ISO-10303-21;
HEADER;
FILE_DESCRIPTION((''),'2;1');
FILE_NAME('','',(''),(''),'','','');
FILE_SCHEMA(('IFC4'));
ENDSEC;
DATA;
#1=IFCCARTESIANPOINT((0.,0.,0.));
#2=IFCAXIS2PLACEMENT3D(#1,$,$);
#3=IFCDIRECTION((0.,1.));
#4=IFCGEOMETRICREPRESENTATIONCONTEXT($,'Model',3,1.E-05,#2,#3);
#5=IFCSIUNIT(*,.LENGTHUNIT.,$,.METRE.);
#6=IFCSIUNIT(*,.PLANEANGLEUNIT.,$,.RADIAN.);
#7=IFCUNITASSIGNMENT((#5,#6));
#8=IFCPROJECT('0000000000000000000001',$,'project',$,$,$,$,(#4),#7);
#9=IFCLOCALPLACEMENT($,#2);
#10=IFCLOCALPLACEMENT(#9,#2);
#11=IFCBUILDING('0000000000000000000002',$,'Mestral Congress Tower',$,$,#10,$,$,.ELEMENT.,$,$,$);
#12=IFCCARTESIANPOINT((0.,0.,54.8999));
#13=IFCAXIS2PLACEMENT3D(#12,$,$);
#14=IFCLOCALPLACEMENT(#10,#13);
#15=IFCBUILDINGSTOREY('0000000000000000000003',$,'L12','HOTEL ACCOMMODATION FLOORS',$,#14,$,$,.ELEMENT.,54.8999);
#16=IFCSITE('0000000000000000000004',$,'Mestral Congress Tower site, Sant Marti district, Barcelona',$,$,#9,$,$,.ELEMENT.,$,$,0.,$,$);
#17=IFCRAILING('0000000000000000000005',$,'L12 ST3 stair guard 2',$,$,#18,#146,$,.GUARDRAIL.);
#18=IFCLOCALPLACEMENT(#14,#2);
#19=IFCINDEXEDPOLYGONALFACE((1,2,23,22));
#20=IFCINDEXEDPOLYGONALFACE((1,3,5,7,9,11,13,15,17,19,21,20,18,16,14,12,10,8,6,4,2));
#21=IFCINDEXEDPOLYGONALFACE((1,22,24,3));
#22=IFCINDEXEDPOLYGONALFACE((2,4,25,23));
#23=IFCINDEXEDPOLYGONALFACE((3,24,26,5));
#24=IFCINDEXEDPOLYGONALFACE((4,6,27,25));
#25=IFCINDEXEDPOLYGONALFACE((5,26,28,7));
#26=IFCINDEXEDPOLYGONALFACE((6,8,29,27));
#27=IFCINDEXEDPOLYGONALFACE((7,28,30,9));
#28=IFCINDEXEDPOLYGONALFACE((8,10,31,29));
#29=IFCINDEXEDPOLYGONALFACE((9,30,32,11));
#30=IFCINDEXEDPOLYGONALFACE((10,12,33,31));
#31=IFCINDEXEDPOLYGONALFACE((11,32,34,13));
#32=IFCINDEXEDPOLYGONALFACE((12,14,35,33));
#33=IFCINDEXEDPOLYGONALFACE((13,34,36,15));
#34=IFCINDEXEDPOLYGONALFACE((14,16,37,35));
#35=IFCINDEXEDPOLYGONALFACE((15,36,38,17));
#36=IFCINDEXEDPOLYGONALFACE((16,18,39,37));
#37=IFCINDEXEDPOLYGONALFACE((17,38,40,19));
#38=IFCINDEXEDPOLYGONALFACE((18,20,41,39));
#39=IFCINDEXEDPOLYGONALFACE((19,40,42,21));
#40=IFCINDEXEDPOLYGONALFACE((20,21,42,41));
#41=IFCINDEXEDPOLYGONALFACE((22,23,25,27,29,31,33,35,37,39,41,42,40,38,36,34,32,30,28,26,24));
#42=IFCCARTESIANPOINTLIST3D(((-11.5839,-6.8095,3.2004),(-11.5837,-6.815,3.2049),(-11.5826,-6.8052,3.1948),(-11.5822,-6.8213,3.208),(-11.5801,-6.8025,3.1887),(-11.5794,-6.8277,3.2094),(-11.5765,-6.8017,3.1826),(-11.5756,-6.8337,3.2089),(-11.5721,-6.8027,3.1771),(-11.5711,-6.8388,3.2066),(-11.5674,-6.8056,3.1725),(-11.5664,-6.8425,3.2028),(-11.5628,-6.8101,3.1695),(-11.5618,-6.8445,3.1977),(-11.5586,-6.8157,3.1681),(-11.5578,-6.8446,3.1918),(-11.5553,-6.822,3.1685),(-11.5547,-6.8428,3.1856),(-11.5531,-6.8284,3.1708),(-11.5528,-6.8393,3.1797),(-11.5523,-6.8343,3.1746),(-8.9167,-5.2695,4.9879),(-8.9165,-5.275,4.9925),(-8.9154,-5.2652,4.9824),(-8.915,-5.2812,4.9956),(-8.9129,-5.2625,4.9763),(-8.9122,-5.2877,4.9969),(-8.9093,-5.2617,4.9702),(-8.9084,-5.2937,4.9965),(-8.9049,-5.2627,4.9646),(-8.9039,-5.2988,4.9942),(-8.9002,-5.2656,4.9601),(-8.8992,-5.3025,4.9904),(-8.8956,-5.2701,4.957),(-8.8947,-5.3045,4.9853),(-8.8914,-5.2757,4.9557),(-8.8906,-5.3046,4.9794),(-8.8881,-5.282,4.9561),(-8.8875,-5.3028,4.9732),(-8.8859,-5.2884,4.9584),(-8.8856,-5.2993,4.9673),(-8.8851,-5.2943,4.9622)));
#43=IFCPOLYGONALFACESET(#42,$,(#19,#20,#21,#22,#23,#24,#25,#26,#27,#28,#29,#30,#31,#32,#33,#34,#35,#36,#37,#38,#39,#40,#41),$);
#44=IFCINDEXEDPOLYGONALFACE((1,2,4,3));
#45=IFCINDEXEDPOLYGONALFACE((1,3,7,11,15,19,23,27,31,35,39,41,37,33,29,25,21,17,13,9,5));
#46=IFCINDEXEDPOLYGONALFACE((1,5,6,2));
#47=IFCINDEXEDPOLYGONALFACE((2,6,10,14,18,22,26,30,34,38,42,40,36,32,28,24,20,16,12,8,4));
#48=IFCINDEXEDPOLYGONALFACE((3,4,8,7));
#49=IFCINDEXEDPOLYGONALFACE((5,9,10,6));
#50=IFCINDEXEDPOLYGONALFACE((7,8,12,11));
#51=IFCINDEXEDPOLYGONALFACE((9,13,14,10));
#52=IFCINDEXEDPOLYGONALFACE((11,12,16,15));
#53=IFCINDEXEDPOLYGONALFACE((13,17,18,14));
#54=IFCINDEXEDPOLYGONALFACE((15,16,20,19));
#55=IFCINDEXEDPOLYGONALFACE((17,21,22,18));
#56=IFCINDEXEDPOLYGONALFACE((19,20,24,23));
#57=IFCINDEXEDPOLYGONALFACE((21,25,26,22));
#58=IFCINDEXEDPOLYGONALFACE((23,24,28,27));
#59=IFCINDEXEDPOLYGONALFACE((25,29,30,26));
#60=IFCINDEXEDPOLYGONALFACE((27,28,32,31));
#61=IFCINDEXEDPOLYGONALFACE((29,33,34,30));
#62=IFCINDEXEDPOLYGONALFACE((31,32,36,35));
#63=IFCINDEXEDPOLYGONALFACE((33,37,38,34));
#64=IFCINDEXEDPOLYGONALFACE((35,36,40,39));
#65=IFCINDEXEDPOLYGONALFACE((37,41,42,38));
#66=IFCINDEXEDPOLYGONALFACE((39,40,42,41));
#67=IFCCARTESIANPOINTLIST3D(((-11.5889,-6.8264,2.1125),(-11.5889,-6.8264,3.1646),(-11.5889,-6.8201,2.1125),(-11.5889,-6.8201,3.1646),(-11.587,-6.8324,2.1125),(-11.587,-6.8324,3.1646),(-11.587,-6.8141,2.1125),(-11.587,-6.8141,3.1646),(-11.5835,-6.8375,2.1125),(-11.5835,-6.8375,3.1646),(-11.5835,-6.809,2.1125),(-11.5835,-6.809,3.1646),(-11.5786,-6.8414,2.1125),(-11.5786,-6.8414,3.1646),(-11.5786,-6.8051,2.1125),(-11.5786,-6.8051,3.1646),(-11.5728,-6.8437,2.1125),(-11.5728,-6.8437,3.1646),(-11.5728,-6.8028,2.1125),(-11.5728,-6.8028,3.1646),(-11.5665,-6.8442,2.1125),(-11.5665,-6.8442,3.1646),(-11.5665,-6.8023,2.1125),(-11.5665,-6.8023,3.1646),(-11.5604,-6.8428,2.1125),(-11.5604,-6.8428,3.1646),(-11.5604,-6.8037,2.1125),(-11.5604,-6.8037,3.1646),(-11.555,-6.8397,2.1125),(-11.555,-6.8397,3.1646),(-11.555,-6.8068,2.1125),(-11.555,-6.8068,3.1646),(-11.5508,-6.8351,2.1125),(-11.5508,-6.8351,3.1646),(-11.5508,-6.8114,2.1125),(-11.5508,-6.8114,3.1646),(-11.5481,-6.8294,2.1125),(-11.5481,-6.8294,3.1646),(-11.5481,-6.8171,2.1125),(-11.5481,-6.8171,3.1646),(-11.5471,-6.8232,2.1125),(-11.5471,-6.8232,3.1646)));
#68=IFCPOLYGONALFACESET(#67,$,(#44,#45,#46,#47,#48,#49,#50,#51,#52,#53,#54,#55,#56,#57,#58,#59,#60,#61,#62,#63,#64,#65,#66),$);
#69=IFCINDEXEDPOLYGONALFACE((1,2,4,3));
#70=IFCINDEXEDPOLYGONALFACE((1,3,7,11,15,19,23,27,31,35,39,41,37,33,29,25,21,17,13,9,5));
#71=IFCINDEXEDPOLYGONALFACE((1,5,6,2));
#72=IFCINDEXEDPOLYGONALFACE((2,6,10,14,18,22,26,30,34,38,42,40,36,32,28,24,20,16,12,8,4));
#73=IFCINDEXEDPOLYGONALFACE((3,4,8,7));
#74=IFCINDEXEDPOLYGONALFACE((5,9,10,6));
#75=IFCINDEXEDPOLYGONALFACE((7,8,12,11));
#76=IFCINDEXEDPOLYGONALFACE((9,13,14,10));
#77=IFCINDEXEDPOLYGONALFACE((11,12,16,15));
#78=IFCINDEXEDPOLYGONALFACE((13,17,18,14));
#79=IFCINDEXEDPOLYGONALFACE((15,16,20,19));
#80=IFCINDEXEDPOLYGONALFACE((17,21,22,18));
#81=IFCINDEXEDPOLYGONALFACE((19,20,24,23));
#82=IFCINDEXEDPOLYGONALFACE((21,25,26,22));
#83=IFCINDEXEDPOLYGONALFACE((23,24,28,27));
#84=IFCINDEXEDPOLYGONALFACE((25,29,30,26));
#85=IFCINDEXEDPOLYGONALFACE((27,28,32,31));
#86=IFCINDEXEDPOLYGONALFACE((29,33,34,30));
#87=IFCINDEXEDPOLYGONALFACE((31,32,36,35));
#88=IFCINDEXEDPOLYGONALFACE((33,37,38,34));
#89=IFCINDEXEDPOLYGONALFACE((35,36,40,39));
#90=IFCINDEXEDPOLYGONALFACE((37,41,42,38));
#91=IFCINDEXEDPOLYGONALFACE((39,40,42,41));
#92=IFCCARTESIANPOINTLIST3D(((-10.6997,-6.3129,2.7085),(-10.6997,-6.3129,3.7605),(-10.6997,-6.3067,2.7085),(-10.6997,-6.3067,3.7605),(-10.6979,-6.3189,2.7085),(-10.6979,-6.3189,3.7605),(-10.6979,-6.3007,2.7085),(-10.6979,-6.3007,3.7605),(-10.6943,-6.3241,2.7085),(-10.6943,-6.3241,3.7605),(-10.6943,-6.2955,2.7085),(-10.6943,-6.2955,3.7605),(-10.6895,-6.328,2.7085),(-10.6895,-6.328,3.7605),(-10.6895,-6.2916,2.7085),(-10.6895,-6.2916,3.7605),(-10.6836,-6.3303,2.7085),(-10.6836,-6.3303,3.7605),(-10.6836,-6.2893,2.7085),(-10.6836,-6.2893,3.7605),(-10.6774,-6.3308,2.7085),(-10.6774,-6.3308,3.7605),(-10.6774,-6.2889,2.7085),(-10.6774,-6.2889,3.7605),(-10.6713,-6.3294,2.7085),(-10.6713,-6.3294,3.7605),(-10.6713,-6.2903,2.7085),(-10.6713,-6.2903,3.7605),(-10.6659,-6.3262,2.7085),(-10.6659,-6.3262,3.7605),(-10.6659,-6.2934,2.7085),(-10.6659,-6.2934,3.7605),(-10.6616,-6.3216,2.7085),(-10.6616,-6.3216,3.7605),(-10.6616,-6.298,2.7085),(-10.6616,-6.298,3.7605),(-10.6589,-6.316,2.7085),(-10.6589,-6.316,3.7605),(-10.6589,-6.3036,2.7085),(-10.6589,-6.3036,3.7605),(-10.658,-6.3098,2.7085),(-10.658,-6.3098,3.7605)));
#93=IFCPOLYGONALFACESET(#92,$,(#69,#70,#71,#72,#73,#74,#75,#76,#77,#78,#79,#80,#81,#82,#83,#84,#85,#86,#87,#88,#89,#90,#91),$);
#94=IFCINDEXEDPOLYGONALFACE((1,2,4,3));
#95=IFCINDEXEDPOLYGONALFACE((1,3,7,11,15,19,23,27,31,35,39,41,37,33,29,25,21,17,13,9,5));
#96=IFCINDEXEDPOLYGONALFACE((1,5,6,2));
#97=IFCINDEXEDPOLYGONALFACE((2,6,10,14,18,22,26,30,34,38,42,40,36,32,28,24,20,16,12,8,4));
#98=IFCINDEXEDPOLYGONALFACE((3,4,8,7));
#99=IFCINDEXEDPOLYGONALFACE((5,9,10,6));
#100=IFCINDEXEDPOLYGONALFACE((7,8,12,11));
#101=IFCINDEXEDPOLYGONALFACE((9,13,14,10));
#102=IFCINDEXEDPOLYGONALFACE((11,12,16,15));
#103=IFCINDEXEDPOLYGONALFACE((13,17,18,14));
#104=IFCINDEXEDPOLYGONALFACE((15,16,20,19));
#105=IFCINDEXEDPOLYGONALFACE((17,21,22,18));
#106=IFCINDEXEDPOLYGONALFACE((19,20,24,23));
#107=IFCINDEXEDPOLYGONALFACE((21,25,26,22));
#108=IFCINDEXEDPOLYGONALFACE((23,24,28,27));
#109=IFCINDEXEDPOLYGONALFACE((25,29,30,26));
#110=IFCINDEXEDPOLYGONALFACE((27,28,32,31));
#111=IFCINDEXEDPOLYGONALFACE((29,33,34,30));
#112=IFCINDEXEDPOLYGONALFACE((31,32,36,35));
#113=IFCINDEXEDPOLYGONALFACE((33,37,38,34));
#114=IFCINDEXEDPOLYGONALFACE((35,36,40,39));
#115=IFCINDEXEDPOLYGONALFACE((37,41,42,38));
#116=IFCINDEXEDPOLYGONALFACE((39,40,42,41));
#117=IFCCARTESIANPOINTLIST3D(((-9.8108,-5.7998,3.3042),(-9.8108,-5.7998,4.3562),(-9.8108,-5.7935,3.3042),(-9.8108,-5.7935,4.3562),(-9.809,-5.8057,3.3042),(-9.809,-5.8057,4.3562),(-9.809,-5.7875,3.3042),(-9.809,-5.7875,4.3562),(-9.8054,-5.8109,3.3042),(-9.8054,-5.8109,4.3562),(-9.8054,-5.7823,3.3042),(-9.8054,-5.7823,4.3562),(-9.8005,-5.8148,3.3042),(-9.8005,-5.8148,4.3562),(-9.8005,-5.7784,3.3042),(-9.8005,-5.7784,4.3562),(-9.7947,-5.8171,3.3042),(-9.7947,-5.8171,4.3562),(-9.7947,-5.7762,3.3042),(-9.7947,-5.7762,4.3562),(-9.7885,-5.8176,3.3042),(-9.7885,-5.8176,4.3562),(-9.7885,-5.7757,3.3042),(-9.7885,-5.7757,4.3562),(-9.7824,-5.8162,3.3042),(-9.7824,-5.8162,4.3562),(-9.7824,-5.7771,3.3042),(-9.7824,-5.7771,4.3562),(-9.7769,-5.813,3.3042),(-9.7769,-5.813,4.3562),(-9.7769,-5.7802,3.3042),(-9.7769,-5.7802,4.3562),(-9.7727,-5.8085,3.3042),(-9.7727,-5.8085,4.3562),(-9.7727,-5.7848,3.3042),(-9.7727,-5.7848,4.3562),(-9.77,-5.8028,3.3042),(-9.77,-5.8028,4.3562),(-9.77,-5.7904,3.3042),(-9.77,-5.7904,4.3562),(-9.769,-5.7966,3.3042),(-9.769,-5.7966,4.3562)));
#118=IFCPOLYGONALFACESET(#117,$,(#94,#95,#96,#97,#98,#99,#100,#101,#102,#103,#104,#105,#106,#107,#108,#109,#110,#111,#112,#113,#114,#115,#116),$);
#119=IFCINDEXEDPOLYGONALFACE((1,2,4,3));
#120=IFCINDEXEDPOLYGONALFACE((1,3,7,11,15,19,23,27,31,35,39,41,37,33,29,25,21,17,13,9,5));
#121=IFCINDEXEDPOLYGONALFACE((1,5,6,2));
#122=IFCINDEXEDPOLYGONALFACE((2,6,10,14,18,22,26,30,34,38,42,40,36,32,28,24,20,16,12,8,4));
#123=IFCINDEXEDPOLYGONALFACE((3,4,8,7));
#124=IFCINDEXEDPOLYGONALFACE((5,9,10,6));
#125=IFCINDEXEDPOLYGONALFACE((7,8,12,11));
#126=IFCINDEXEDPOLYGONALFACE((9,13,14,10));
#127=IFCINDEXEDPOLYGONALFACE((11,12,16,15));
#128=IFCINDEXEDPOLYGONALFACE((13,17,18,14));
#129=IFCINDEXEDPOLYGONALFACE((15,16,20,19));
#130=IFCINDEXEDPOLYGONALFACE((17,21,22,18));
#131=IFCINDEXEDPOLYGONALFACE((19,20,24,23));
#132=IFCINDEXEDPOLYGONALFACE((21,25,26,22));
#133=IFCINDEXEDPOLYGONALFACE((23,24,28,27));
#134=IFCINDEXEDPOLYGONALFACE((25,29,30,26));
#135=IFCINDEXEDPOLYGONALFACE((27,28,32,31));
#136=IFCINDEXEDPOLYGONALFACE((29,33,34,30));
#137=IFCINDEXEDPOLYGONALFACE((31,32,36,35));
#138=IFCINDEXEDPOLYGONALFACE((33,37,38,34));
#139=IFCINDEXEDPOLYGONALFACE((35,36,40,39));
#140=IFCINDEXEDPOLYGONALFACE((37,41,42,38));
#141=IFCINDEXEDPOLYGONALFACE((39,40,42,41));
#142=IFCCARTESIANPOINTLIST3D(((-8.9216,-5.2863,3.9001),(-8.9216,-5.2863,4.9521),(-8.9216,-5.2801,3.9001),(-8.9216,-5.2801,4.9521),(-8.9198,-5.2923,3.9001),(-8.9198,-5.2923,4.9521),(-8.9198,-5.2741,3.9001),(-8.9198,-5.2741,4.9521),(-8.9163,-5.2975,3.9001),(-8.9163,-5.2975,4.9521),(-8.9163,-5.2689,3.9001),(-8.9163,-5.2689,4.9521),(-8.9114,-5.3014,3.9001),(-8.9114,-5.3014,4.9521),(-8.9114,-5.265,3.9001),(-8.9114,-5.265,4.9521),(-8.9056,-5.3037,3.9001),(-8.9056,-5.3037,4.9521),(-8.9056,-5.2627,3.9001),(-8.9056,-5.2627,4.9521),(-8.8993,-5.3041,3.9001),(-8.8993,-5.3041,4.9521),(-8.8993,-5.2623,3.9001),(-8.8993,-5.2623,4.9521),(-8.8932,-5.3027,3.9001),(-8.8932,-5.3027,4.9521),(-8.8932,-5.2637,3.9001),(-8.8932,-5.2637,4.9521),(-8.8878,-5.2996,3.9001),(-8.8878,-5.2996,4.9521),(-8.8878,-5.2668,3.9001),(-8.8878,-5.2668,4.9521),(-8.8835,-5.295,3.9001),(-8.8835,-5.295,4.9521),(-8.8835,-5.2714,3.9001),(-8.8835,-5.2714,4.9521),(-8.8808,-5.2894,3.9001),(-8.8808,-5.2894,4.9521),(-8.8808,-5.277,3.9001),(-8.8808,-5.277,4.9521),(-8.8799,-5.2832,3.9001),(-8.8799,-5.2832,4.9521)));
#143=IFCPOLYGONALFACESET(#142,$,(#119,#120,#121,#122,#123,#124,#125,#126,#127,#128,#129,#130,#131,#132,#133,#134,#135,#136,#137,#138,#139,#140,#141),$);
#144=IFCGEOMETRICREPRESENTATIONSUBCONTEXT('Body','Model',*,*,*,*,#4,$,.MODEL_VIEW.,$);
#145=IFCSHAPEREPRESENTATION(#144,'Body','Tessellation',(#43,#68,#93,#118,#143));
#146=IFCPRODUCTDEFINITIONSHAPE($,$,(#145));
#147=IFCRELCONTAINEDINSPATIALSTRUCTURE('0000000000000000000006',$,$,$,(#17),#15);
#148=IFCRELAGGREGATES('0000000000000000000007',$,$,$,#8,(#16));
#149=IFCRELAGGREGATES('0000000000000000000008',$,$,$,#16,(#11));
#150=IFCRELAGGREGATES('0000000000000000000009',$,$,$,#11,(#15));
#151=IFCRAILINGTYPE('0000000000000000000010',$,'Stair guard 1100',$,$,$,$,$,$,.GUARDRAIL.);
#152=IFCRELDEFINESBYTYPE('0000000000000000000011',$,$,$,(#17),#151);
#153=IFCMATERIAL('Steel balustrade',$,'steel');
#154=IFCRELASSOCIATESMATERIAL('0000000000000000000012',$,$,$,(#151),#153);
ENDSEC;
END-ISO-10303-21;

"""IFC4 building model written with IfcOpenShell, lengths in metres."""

from ifc_helpers import new_model, si_unit, direction, frame, origin, origin_2d, place, context, subcontext, project, spatial, circle, extrude, material, type_object, element, save


model = new_model("IFC4")

# Units and contexts
model_context = context("Model", 3, precision=1e-05, world=origin(), true_north=direction((0.0, 1.0)))
body_context = subcontext(model_context, "Body", "Model", "MODEL_VIEW")
ifc_project = project(units=[si_unit("LENGTHUNIT", "METRE"), si_unit("PLANEANGLEUNIT", "RADIAN")], contexts=[model_context])

# Site, building, storey
site_placement = place(None, origin())
site = spatial("IfcSite", under=ifc_project, at=site_placement, Name="Mestral Congress Tower site, Sant Marti district, Barcelona", CompositionType="ELEMENT", RefElevation=0.0)
building_placement = place(site_placement, origin())
building = spatial("IfcBuilding", under=site, at=building_placement, Name="Mestral Congress Tower", CompositionType="ELEMENT")
storey_placement = place(building_placement, frame((0.0, 0.0, 54.8999)))
storey = spatial("IfcBuildingStorey", under=building, at=storey_placement, Name="L12", Description="HOTEL ACCOMMODATION FLOORS", CompositionType="ELEMENT", Elevation=54.8999)

# Railing
ifc_material_1 = material(Name="Steel balustrade", Category="steel")
railing_type_1 = type_object("IfcRailingType", Name="Stair guard 1100", PredefinedType="GUARDRAIL", material=ifc_material_1)
railing_1_placement = place(storey_placement, frame((-11.5681, -6.8232, 2.1125)))
element("IfcRailing", 1, at=railing_1_placement, inside=storey, type_object=railing_type_1, Name="L12 ST3 stair guard 2", PredefinedType="GUARDRAIL", context=body_context, shape_type="SweptSolid", body=[
    extrude(circle(Radius=0.0239, at=origin_2d()), frame((0.0, 0.0, 1.0762), z_axis=(0.748994, 0.432463, 0.50198), x_axis=(-0.500027, 0.86601, 0.0)), (0.0, 0.0, 1.0), 3.561),
    extrude(circle(Radius=0.021, at=origin_2d()), origin(), (0.0, 0.0, 1.0), 1.052),
    extrude(circle(Radius=0.021, at=origin_2d()), frame((0.8892, 0.5134, 0.5959)), (0.0, 0.0, 1.0), 1.052),
    extrude(circle(Radius=0.021, at=origin_2d()), frame((1.7781, 1.0266, 1.1917)), (0.0, 0.0, 1.0), 1.052),
    extrude(circle(Radius=0.021, at=origin_2d()), frame((2.6672, 1.54, 1.7876)), (0.0, 0.0, 1.0), 1.052),
])

save(model, "model.ifc")
